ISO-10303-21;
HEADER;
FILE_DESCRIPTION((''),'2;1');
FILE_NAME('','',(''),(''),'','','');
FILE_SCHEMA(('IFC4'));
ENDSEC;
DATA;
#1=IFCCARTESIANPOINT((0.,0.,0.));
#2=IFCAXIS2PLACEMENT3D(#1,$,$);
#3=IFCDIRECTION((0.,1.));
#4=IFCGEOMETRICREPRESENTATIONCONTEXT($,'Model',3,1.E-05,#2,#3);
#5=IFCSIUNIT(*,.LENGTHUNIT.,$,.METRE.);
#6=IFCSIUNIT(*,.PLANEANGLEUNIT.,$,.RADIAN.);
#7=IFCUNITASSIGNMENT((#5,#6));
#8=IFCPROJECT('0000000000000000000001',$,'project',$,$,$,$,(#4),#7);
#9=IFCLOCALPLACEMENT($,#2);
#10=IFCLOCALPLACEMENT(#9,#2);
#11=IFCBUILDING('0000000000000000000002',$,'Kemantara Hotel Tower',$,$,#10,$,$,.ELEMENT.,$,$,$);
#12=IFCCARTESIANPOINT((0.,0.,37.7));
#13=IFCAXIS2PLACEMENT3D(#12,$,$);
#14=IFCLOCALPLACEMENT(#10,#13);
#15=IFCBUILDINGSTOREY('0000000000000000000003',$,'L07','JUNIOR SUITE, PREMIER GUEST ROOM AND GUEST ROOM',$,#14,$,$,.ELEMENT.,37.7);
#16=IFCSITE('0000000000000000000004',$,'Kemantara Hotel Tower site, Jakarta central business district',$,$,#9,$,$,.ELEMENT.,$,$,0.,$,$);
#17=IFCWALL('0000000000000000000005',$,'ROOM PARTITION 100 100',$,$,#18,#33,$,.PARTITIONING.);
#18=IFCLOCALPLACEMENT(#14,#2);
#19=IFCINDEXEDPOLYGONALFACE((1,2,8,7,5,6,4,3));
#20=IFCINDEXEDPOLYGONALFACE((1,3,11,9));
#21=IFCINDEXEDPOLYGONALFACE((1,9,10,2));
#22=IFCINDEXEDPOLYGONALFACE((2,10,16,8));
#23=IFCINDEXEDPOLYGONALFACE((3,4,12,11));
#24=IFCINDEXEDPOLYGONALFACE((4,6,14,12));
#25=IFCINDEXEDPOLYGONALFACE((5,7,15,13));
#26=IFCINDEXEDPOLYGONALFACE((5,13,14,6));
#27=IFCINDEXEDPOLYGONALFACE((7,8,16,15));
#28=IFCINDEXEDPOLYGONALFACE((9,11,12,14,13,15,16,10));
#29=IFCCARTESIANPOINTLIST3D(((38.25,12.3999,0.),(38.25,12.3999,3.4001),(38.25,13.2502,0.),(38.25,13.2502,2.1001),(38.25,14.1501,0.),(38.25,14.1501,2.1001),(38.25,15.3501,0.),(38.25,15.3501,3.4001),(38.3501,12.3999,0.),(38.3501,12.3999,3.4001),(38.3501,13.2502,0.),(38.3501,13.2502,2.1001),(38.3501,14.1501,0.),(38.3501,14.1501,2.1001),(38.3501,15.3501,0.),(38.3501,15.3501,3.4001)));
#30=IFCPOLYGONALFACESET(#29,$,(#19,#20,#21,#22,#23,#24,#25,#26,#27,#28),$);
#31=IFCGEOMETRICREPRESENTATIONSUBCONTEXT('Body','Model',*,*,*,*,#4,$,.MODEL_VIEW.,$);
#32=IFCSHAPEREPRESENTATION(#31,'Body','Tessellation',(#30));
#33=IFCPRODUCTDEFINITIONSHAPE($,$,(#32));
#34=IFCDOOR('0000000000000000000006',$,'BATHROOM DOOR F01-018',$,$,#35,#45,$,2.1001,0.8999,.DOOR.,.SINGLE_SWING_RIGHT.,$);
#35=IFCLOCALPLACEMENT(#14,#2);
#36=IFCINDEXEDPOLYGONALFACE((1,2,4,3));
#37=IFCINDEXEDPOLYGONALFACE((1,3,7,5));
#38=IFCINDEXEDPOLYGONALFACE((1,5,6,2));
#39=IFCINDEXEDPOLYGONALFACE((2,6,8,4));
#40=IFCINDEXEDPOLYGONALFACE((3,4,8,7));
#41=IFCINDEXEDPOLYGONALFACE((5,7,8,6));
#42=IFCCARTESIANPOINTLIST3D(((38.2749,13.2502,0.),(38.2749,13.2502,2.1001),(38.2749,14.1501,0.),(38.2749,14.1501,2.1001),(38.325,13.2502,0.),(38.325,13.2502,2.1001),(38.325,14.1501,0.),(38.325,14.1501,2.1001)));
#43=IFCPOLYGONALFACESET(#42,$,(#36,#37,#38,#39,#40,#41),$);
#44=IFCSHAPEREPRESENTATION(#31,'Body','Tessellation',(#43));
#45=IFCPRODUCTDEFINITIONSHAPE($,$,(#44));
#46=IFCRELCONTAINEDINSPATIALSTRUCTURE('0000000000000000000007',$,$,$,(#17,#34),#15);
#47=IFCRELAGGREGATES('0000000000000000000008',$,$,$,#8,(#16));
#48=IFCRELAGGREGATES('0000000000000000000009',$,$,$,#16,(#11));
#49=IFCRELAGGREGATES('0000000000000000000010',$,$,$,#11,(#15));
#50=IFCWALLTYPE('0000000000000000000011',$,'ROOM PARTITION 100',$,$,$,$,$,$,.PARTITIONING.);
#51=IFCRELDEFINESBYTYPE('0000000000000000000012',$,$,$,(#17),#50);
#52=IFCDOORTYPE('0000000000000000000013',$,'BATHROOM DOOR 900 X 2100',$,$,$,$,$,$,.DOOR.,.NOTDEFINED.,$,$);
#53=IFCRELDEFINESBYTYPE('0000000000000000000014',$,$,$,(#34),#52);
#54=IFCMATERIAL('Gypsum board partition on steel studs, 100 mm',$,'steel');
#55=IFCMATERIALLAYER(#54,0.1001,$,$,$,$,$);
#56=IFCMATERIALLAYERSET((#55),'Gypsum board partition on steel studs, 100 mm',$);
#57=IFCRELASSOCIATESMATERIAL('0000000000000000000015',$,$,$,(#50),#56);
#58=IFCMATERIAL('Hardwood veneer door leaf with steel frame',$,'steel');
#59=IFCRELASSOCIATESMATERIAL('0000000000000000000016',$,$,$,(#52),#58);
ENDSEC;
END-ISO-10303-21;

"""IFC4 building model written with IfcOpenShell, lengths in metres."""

from ifc_helpers import new_model, si_unit, direction, frame, frame_2d, origin, place, context, subcontext, project, spatial, rectangle, extrude, material, layer, layer_set, type_object, element, fill, save


model = new_model("IFC4")

# Units and contexts
model_context = context("Model", 3, precision=1e-05, world=origin(), true_north=direction((0.0, 1.0)))
body_context = subcontext(model_context, "Body", "Model", "MODEL_VIEW")
ifc_project = project(units=[si_unit("LENGTHUNIT", "METRE"), si_unit("PLANEANGLEUNIT", "RADIAN")], contexts=[model_context])

# Site, building, storey
site_placement = place(None, origin())
site = spatial("IfcSite", under=ifc_project, at=site_placement, Name="Kemantara Hotel Tower site, Jakarta central business district", CompositionType="ELEMENT", RefElevation=0.0)
building_placement = place(site_placement, origin())
building = spatial("IfcBuilding", under=site, at=building_placement, Name="Kemantara Hotel Tower", CompositionType="ELEMENT")
storey_placement = place(building_placement, frame((0.0, 0.0, 37.7)))
storey = spatial("IfcBuildingStorey", under=building, at=storey_placement, Name="L07", Description="JUNIOR SUITE, PREMIER GUEST ROOM AND GUEST ROOM", CompositionType="ELEMENT", Elevation=37.7)

# Shared definitions
ifc_material_1 = material(Name="Hardwood veneer door leaf with steel frame", Category="steel")

# Shared definitions
ifc_material_2 = material(Name="Gypsum board partition on steel studs, 100 mm", Category="steel")
ifc_layer_1 = layer(ifc_material_2, 0.1001)
ifc_layer_set_1 = layer_set([ifc_layer_1], Name="Gypsum board partition on steel studs, 100 mm")
wall_type_1 = type_object("IfcWallType", Name="ROOM PARTITION 100", PredefinedType="PARTITIONING", material=ifc_layer_set_1)
door_type_1 = type_object("IfcDoorType", Name="BATHROOM DOOR 900 X 2100", OperationType="NOTDEFINED", PredefinedType="DOOR", material=ifc_material_1)

# Wall, opening, door
wall_1_placement = place(storey_placement, frame((38.3, 15.3501, 0.0), z_axis=(0.0, 0.0, 1.0), x_axis=(0.0, -1.0, 0.0)))
wall_1 = element("IfcWall", 1, at=wall_1_placement, inside=storey, type_object=wall_type_1, Name="ROOM PARTITION 100 100", PredefinedType="PARTITIONING", context=body_context, shape_type="SweptSolid", body=[
    extrude(rectangle(XDim=2.9502, YDim=0.1001, at=frame_2d((1.4751, 0.0))), origin(), (0.0, 0.0, 1.0), 3.4001),
])
opening_1_placement = place(wall_1_placement, frame((1.2, 0.0, 0.0)))
opening_1 = element("IfcOpeningElement", 2, at=opening_1_placement, cuts=wall_1, PredefinedType="OPENING", context=body_context, shape_type="SweptSolid", body=[
    extrude(rectangle(XDim=0.8999, YDim=2.1001, at=frame_2d((0.45, 1.05))), frame((0.0, 0.0601, 0.0), z_axis=(0.0, -1.0, 0.0), x_axis=(1.0, 0.0, 0.0)), (0.0, 0.0, 1.0), 0.1201),
])
door_1_placement = place(opening_1_placement, origin())
door_1 = element("IfcDoor", 3, at=door_1_placement, inside=storey, type_object=door_type_1, Name="BATHROOM DOOR F01-018", OperationType="SINGLE_SWING_RIGHT", OverallHeight=2.1001, OverallWidth=0.8999, PredefinedType="DOOR", context=body_context, shape_type="SweptSolid", body=[
    extrude(rectangle(XDim=0.8999, YDim=2.1001, at=frame_2d((0.45, 1.05))), frame((0.0, 0.0249, 0.0), z_axis=(0.0, -1.0, 0.0), x_axis=(1.0, 0.0, 0.0)), (0.0, 0.0, 1.0), 0.05),
])
fill(opening_1, door_1)

save(model, "model.ifc")
